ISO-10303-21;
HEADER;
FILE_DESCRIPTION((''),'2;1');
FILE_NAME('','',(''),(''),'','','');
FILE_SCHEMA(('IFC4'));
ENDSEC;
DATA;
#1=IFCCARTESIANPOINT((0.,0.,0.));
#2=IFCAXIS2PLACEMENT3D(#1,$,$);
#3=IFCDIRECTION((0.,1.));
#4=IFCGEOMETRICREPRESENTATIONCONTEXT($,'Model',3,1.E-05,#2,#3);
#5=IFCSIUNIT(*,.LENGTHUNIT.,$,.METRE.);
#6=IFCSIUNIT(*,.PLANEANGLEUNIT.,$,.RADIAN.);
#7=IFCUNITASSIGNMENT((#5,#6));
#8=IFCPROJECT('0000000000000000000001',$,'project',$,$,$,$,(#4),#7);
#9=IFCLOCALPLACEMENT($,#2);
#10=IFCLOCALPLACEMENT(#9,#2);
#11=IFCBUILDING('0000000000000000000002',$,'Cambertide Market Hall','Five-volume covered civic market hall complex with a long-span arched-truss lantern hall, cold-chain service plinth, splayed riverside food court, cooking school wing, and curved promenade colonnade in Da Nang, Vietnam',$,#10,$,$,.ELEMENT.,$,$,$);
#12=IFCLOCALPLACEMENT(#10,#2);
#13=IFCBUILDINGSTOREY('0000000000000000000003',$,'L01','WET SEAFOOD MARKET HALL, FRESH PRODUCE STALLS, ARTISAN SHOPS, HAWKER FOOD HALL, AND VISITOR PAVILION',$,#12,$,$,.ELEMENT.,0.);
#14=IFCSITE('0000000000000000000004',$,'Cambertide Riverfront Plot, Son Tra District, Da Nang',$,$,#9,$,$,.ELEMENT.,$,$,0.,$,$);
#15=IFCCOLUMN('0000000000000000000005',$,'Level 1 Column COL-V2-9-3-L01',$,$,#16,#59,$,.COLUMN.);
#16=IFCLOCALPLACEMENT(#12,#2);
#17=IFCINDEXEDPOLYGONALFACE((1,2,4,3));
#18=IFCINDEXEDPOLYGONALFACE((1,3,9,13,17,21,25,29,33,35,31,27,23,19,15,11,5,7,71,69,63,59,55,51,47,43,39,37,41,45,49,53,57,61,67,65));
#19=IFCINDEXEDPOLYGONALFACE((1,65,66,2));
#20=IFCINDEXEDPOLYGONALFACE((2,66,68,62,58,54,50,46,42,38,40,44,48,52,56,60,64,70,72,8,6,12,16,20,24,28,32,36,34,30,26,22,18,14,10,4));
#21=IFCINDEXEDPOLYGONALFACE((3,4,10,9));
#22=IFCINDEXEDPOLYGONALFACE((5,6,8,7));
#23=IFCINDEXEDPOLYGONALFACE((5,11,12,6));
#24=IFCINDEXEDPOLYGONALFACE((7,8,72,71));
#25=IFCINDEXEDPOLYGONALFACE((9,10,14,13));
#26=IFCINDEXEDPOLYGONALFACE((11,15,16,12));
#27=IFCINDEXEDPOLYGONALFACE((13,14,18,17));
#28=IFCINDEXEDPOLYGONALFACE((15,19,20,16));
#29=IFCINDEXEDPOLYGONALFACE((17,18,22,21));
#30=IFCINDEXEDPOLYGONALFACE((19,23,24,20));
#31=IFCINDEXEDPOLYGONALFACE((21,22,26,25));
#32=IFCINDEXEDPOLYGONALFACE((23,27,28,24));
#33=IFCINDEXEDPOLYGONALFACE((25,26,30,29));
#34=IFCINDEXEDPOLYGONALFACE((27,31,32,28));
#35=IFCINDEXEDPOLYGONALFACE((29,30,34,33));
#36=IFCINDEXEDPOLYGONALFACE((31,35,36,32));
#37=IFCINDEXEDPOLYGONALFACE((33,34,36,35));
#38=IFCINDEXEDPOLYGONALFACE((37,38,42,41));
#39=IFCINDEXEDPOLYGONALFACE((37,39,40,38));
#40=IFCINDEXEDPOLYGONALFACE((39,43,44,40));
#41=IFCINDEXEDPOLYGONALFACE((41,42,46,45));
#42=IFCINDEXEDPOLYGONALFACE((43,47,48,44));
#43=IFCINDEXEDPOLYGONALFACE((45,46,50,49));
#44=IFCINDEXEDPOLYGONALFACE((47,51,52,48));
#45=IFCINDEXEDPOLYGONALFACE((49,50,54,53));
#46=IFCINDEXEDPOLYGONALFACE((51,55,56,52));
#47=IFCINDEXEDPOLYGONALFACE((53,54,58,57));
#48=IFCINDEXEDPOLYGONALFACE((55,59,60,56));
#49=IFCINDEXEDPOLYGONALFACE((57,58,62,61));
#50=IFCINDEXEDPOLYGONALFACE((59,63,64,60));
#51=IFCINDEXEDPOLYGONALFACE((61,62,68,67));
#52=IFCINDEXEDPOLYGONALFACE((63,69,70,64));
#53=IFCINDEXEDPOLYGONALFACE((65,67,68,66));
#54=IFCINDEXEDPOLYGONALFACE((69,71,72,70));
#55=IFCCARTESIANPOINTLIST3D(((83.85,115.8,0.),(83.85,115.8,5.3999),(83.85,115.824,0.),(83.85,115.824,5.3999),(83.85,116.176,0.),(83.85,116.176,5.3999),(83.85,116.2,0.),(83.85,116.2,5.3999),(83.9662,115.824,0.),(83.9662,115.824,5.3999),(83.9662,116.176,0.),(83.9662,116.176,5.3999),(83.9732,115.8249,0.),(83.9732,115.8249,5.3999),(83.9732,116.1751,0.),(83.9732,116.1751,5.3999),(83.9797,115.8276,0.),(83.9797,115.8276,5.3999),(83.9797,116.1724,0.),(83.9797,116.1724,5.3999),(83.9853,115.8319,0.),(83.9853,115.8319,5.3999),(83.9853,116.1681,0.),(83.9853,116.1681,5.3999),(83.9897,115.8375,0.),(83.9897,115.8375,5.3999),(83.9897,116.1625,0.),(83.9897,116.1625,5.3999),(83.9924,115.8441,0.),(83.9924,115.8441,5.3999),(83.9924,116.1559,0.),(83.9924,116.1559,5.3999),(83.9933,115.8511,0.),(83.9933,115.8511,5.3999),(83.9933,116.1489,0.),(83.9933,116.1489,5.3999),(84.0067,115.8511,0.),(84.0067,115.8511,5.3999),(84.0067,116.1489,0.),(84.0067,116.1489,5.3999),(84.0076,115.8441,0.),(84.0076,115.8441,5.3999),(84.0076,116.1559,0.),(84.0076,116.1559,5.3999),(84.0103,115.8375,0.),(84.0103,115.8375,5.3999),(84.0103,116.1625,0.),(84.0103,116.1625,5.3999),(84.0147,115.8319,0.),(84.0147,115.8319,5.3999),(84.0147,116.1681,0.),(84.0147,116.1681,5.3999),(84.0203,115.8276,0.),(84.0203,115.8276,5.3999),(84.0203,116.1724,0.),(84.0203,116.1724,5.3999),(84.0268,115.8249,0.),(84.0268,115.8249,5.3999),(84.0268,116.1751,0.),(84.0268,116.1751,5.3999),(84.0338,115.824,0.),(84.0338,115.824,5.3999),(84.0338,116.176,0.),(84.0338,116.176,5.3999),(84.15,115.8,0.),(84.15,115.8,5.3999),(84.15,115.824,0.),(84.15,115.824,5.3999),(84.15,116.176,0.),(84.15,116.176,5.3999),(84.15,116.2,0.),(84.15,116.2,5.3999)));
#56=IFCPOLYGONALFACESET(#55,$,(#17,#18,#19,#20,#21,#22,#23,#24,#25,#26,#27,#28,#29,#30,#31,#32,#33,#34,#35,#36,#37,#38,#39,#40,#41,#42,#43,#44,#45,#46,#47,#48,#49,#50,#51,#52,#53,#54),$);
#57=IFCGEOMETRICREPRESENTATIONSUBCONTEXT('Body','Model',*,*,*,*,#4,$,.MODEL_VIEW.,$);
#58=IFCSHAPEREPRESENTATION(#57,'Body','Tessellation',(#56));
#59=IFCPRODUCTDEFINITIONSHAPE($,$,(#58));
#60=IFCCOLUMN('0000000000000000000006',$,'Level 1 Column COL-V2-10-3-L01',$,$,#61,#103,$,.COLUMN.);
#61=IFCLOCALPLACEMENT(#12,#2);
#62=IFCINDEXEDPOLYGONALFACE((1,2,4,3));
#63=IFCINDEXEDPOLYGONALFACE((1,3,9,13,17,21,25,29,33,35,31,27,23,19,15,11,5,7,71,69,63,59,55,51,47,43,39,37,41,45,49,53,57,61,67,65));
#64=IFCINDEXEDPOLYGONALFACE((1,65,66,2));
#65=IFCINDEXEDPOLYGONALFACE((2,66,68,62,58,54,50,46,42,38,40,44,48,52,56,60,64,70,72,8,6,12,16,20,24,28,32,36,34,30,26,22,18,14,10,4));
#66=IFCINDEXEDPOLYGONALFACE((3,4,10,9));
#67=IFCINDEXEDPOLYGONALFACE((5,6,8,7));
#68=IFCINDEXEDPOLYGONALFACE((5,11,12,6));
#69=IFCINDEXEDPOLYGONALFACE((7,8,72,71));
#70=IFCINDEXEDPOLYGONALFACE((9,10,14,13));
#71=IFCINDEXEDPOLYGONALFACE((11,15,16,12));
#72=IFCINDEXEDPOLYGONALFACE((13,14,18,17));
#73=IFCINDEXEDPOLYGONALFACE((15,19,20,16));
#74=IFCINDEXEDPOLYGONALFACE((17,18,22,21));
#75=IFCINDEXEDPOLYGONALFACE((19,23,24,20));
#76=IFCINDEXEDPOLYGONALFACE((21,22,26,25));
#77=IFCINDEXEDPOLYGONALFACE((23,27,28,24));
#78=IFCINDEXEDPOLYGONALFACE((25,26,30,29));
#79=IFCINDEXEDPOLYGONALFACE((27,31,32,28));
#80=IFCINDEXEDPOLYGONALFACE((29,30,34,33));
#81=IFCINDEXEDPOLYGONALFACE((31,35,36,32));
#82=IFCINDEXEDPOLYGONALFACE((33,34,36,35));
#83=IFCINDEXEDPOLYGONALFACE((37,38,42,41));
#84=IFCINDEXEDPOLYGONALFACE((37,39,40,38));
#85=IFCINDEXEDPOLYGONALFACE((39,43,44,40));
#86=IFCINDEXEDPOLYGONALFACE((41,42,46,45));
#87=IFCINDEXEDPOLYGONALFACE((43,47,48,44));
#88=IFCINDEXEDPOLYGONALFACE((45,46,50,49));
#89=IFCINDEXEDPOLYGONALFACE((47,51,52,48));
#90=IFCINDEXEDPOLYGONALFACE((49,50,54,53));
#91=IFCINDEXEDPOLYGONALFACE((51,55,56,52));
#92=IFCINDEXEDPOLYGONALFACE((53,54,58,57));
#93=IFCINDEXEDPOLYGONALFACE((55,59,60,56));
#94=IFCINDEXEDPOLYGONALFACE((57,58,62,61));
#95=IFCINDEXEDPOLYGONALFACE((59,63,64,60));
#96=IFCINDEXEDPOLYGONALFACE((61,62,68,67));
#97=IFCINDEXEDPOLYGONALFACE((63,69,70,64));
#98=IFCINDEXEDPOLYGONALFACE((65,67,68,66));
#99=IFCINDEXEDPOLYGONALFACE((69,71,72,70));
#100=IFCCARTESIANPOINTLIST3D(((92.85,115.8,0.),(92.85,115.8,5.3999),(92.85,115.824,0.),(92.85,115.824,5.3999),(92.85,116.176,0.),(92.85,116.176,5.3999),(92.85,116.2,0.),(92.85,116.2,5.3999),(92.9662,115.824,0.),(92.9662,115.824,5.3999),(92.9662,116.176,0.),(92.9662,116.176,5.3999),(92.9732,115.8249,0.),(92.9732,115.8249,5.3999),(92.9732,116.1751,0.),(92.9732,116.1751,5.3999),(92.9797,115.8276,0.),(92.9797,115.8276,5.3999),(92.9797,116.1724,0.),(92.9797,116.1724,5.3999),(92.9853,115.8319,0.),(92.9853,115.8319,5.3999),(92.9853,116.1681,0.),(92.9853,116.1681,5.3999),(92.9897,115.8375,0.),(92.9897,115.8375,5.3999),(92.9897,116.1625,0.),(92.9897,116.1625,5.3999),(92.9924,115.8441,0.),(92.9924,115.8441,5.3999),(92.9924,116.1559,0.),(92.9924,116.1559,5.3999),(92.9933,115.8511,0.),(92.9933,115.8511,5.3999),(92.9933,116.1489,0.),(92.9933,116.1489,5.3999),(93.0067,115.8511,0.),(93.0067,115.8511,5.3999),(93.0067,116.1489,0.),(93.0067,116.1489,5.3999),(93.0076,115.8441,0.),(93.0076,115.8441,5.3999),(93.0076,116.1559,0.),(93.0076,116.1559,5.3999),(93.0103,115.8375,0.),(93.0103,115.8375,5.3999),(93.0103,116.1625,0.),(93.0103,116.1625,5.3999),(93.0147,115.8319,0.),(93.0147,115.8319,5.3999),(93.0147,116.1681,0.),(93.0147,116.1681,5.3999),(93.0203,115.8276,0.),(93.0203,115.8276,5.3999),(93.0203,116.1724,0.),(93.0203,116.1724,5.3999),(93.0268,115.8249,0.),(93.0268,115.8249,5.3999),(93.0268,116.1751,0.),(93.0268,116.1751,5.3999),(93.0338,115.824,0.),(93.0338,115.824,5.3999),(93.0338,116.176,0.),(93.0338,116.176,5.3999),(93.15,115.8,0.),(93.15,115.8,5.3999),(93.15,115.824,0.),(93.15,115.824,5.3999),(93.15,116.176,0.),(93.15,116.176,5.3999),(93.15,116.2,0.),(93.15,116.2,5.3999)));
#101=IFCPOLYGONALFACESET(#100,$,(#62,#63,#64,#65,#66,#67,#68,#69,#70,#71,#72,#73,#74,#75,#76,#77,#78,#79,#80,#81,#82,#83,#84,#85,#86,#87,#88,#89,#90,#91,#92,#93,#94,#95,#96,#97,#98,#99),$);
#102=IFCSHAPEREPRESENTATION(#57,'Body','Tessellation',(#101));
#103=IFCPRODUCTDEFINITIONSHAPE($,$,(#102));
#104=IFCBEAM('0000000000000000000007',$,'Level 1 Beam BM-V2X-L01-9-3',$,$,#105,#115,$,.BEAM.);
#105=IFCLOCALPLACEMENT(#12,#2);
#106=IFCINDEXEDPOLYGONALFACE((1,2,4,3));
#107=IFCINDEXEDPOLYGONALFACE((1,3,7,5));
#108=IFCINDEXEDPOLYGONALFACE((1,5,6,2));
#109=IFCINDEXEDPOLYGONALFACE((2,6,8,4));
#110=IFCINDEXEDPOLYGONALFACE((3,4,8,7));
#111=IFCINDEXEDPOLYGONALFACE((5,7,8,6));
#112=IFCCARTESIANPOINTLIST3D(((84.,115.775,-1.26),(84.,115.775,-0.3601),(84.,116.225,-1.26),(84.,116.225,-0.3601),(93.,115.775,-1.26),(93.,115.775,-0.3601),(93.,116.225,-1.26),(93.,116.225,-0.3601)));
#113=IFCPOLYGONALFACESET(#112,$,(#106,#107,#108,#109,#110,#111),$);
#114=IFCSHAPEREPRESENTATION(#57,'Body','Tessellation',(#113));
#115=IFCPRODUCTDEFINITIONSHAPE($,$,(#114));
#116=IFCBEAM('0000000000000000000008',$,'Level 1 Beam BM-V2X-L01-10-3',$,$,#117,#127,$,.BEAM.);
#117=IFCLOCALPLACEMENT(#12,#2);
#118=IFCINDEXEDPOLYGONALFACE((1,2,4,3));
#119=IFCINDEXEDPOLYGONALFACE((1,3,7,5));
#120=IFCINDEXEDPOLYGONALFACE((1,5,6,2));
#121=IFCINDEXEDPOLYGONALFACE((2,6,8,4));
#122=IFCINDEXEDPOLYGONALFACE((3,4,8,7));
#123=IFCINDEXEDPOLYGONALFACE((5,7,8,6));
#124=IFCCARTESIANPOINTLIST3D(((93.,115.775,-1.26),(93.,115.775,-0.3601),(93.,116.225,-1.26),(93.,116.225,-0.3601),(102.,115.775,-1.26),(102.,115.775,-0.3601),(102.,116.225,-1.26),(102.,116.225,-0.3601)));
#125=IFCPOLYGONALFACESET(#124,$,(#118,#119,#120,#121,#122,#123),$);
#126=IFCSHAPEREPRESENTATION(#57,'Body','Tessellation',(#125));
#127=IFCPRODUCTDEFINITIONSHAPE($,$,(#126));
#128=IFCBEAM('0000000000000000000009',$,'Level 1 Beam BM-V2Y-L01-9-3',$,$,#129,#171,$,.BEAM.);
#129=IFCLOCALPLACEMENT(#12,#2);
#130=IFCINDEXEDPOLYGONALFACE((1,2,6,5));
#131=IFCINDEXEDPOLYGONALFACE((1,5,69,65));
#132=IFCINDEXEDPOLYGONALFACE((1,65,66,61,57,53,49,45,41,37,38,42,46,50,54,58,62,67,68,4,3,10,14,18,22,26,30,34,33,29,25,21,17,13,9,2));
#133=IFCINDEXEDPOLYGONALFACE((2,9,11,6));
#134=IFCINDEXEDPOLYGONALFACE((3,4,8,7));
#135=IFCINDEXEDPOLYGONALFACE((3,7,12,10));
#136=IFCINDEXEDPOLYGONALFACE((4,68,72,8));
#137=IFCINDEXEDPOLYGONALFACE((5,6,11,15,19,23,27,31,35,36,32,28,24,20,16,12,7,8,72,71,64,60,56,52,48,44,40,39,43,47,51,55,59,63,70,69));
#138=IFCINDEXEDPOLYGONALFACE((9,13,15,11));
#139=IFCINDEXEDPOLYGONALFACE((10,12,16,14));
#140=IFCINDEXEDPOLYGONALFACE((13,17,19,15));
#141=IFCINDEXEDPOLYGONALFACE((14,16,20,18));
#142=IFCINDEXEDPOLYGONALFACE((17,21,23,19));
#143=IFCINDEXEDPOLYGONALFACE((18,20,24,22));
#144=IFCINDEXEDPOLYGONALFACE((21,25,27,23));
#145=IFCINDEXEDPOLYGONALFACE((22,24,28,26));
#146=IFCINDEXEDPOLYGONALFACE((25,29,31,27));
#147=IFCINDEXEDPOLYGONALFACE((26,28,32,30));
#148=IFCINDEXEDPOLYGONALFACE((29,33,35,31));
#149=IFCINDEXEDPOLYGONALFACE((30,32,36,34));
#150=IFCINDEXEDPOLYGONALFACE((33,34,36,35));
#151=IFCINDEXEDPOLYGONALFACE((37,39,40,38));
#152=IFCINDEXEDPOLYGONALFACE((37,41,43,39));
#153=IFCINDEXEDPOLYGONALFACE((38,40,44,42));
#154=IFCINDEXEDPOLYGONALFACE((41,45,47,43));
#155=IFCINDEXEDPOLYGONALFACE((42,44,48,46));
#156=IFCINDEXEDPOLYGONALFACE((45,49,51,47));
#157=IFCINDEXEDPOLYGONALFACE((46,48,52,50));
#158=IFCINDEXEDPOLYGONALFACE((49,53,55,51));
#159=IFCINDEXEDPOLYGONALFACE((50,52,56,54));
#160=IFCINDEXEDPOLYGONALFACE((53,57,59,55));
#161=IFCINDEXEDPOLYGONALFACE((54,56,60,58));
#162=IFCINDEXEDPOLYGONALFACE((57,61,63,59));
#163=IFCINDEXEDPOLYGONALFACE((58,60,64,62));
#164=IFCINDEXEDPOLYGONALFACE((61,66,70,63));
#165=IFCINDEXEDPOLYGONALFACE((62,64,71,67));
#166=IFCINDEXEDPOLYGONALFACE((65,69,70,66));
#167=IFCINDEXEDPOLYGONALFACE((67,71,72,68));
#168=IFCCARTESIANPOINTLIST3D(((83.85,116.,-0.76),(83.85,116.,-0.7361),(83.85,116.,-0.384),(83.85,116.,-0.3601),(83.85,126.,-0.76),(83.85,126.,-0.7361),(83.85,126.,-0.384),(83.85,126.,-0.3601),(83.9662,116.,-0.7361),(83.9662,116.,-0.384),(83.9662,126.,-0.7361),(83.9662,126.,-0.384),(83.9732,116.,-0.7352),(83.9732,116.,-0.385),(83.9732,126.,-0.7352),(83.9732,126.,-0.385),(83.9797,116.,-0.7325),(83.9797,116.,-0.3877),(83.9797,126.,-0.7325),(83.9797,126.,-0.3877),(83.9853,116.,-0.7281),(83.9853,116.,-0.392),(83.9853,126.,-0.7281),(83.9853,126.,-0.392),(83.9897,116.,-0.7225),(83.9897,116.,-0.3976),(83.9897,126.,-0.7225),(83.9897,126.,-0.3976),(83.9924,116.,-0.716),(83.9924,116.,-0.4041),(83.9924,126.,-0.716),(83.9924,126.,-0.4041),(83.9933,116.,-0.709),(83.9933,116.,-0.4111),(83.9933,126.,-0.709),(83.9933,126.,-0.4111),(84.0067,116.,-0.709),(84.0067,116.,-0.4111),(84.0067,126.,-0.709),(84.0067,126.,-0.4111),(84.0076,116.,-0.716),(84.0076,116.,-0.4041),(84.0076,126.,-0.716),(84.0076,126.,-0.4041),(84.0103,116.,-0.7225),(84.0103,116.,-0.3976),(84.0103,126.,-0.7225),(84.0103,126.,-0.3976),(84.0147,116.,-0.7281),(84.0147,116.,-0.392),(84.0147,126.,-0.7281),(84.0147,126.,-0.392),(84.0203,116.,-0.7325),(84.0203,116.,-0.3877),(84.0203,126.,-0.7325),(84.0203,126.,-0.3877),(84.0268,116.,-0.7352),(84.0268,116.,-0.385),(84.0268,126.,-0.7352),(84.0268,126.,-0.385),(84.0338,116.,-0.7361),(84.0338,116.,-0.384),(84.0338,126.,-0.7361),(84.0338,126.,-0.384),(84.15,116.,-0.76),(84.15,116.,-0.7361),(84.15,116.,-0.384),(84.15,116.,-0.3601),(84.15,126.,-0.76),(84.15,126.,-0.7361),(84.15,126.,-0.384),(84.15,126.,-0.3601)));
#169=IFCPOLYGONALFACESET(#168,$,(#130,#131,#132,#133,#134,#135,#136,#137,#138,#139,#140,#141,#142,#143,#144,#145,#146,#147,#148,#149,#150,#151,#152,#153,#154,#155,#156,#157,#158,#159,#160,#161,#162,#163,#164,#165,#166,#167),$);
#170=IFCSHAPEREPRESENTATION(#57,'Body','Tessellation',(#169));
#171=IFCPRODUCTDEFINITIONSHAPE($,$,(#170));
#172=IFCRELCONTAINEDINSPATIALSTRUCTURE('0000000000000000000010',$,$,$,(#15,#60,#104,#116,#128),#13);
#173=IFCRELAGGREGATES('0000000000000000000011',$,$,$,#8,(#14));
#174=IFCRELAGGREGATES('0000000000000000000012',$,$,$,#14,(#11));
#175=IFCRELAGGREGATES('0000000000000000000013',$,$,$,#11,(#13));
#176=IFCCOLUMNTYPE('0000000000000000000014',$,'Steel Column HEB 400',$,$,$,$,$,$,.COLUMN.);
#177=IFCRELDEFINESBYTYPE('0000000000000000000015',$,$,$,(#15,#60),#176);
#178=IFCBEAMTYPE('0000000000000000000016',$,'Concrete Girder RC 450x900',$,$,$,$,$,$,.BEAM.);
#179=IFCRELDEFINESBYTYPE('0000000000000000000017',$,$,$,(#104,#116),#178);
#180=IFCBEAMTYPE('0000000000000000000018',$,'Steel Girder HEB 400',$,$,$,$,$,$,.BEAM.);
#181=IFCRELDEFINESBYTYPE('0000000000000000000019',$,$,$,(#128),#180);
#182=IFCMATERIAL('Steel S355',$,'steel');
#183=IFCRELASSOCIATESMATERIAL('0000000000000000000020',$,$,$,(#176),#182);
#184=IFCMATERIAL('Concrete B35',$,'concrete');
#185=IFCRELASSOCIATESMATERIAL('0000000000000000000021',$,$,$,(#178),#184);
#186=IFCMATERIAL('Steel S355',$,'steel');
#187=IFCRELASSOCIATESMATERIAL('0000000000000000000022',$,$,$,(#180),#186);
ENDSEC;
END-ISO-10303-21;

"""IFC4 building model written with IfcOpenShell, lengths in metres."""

from ifc_helpers import new_model, si_unit, direction, frame, origin, origin_2d, place, context, subcontext, project, spatial, rectangle, i_section, extrude, material, material_profile, profile_set, type_object, element, save


model = new_model("IFC4")

# Units and contexts
model_context = context("Model", 3, precision=1e-05, world=origin(), true_north=direction((0.0, 1.0)))
body_context = subcontext(model_context, "Body", "Model", "MODEL_VIEW")
ifc_project = project(units=[si_unit("LENGTHUNIT", "METRE"), si_unit("PLANEANGLEUNIT", "RADIAN")], contexts=[model_context])

# Site, building, storey
site_placement = place(None, origin())
site = spatial("IfcSite", under=ifc_project, at=site_placement, Name="Cambertide Riverfront Plot, Son Tra District, Da Nang", CompositionType="ELEMENT", RefElevation=0.0)
building_placement = place(site_placement, origin())
building = spatial("IfcBuilding", under=site, at=building_placement, Name="Cambertide Market Hall", Description="Five-volume covered civic market hall complex with a long-span arched-truss lantern hall, cold-chain service plinth, splayed riverside food court, cooking school wing, and curved promenade colonnade in Da Nang, Vietnam", CompositionType="ELEMENT")
storey_placement = place(building_placement, origin())
storey = spatial("IfcBuildingStorey", under=building, at=storey_placement, Name="L01", Description="WET SEAFOOD MARKET HALL, FRESH PRODUCE STALLS, ARTISAN SHOPS, HAWKER FOOD HALL, AND VISITOR PAVILION", CompositionType="ELEMENT", Elevation=0.0)

# Columns
ifc_material_1 = material(Name="Steel S355", Category="steel")
ifc_material_profile_1 = material_profile(ifc_material_1, i_section(OverallWidth=0.3, OverallDepth=0.3999, WebThickness=0.0134, FlangeThickness=0.0239, FilletRadius=0.0271, at=origin_2d()), Name="HEB 400")
ifc_profile_set_1 = profile_set([ifc_material_profile_1], Name="Steel S355")
column_type_1 = type_object("IfcColumnType", Name="Steel Column HEB 400", PredefinedType="COLUMN", material=ifc_profile_set_1)
for number, where, z_axis, x_axis, name in (
    (1, (84.0, 116.0, 0.0), (0.0, 0.0, 1.0), (1.0, 0.0, 0.0), "Level 1 Column COL-V2-9-3-L01"),
    (2, (93.0, 116.0, 0.0), (0.0, 0.0, 1.0), (1.0, 0.0, 0.0), "Level 1 Column COL-V2-10-3-L01"),
):
    element("IfcColumn", number, at=place(storey_placement, frame(where, z_axis=z_axis, x_axis=x_axis)), inside=storey, type_object=column_type_1, Name=name, PredefinedType="COLUMN", context=body_context, shape_type="SweptSolid", body=[
        extrude(i_section(OverallWidth=0.3, OverallDepth=0.3999, WebThickness=0.0134, FlangeThickness=0.0239, FilletRadius=0.0271, at=origin_2d()), origin(), (0.0, 0.0, 1.0), 5.3999),
    ])

# Beams
ifc_material_2 = material(Name="Concrete B35", Category="concrete")
ifc_material_profile_2 = material_profile(ifc_material_2, rectangle(XDim=0.45, YDim=0.8999, at=origin_2d()), Name="RC 450x900")
ifc_profile_set_2 = profile_set([ifc_material_profile_2], Name="Concrete B35")
beam_type_1 = type_object("IfcBeamType", Name="Concrete Girder RC 450x900", PredefinedType="BEAM", material=ifc_profile_set_2)
for number, where, z_axis, x_axis, name in (
    (3, (84.0, 116.0, -0.8101), (1.0, 0.0, 0.0), (0.0, 1.0, 0.0), "Level 1 Beam BM-V2X-L01-9-3"),
    (4, (93.0, 116.0, -0.8101), (1.0, 0.0, 0.0), (0.0, 1.0, 0.0), "Level 1 Beam BM-V2X-L01-10-3"),
):
    element("IfcBeam", number, at=place(storey_placement, frame(where, z_axis=z_axis, x_axis=x_axis)), inside=storey, type_object=beam_type_1, Name=name, PredefinedType="BEAM", context=body_context, shape_type="SweptSolid", body=[
        extrude(rectangle(XDim=0.45, YDim=0.8999, at=origin_2d()), origin(), (0.0, 0.0, 1.0), 9.0),
    ])
ifc_material_3 = material(Name="Steel S355", Category="steel")
ifc_material_profile_3 = material_profile(ifc_material_3, i_section(OverallWidth=0.3, OverallDepth=0.3999, WebThickness=0.0134, FlangeThickness=0.0239, FilletRadius=0.0271, at=origin_2d()), Name="HEB 400")
ifc_profile_set_3 = profile_set([ifc_material_profile_3], Name="Steel S355")
beam_type_2 = type_object("IfcBeamType", Name="Steel Girder HEB 400", PredefinedType="BEAM", material=ifc_profile_set_3)
for number, where, z_axis, x_axis, name in (
    (5, (84.0, 116.0, -0.5601), (0.0, 1.0, 0.0), (-1.0, 0.0, 0.0), "Level 1 Beam BM-V2Y-L01-9-3"),
):
    element("IfcBeam", number, at=place(storey_placement, frame(where, z_axis=z_axis, x_axis=x_axis)), inside=storey, type_object=beam_type_2, Name=name, PredefinedType="BEAM", context=body_context, shape_type="SweptSolid", body=[
        extrude(i_section(OverallWidth=0.3, OverallDepth=0.3999, WebThickness=0.0134, FlangeThickness=0.0239, FilletRadius=0.0271, at=origin_2d()), origin(), (0.0, 0.0, 1.0), 10.0),
    ])

save(model, "model.ifc")
